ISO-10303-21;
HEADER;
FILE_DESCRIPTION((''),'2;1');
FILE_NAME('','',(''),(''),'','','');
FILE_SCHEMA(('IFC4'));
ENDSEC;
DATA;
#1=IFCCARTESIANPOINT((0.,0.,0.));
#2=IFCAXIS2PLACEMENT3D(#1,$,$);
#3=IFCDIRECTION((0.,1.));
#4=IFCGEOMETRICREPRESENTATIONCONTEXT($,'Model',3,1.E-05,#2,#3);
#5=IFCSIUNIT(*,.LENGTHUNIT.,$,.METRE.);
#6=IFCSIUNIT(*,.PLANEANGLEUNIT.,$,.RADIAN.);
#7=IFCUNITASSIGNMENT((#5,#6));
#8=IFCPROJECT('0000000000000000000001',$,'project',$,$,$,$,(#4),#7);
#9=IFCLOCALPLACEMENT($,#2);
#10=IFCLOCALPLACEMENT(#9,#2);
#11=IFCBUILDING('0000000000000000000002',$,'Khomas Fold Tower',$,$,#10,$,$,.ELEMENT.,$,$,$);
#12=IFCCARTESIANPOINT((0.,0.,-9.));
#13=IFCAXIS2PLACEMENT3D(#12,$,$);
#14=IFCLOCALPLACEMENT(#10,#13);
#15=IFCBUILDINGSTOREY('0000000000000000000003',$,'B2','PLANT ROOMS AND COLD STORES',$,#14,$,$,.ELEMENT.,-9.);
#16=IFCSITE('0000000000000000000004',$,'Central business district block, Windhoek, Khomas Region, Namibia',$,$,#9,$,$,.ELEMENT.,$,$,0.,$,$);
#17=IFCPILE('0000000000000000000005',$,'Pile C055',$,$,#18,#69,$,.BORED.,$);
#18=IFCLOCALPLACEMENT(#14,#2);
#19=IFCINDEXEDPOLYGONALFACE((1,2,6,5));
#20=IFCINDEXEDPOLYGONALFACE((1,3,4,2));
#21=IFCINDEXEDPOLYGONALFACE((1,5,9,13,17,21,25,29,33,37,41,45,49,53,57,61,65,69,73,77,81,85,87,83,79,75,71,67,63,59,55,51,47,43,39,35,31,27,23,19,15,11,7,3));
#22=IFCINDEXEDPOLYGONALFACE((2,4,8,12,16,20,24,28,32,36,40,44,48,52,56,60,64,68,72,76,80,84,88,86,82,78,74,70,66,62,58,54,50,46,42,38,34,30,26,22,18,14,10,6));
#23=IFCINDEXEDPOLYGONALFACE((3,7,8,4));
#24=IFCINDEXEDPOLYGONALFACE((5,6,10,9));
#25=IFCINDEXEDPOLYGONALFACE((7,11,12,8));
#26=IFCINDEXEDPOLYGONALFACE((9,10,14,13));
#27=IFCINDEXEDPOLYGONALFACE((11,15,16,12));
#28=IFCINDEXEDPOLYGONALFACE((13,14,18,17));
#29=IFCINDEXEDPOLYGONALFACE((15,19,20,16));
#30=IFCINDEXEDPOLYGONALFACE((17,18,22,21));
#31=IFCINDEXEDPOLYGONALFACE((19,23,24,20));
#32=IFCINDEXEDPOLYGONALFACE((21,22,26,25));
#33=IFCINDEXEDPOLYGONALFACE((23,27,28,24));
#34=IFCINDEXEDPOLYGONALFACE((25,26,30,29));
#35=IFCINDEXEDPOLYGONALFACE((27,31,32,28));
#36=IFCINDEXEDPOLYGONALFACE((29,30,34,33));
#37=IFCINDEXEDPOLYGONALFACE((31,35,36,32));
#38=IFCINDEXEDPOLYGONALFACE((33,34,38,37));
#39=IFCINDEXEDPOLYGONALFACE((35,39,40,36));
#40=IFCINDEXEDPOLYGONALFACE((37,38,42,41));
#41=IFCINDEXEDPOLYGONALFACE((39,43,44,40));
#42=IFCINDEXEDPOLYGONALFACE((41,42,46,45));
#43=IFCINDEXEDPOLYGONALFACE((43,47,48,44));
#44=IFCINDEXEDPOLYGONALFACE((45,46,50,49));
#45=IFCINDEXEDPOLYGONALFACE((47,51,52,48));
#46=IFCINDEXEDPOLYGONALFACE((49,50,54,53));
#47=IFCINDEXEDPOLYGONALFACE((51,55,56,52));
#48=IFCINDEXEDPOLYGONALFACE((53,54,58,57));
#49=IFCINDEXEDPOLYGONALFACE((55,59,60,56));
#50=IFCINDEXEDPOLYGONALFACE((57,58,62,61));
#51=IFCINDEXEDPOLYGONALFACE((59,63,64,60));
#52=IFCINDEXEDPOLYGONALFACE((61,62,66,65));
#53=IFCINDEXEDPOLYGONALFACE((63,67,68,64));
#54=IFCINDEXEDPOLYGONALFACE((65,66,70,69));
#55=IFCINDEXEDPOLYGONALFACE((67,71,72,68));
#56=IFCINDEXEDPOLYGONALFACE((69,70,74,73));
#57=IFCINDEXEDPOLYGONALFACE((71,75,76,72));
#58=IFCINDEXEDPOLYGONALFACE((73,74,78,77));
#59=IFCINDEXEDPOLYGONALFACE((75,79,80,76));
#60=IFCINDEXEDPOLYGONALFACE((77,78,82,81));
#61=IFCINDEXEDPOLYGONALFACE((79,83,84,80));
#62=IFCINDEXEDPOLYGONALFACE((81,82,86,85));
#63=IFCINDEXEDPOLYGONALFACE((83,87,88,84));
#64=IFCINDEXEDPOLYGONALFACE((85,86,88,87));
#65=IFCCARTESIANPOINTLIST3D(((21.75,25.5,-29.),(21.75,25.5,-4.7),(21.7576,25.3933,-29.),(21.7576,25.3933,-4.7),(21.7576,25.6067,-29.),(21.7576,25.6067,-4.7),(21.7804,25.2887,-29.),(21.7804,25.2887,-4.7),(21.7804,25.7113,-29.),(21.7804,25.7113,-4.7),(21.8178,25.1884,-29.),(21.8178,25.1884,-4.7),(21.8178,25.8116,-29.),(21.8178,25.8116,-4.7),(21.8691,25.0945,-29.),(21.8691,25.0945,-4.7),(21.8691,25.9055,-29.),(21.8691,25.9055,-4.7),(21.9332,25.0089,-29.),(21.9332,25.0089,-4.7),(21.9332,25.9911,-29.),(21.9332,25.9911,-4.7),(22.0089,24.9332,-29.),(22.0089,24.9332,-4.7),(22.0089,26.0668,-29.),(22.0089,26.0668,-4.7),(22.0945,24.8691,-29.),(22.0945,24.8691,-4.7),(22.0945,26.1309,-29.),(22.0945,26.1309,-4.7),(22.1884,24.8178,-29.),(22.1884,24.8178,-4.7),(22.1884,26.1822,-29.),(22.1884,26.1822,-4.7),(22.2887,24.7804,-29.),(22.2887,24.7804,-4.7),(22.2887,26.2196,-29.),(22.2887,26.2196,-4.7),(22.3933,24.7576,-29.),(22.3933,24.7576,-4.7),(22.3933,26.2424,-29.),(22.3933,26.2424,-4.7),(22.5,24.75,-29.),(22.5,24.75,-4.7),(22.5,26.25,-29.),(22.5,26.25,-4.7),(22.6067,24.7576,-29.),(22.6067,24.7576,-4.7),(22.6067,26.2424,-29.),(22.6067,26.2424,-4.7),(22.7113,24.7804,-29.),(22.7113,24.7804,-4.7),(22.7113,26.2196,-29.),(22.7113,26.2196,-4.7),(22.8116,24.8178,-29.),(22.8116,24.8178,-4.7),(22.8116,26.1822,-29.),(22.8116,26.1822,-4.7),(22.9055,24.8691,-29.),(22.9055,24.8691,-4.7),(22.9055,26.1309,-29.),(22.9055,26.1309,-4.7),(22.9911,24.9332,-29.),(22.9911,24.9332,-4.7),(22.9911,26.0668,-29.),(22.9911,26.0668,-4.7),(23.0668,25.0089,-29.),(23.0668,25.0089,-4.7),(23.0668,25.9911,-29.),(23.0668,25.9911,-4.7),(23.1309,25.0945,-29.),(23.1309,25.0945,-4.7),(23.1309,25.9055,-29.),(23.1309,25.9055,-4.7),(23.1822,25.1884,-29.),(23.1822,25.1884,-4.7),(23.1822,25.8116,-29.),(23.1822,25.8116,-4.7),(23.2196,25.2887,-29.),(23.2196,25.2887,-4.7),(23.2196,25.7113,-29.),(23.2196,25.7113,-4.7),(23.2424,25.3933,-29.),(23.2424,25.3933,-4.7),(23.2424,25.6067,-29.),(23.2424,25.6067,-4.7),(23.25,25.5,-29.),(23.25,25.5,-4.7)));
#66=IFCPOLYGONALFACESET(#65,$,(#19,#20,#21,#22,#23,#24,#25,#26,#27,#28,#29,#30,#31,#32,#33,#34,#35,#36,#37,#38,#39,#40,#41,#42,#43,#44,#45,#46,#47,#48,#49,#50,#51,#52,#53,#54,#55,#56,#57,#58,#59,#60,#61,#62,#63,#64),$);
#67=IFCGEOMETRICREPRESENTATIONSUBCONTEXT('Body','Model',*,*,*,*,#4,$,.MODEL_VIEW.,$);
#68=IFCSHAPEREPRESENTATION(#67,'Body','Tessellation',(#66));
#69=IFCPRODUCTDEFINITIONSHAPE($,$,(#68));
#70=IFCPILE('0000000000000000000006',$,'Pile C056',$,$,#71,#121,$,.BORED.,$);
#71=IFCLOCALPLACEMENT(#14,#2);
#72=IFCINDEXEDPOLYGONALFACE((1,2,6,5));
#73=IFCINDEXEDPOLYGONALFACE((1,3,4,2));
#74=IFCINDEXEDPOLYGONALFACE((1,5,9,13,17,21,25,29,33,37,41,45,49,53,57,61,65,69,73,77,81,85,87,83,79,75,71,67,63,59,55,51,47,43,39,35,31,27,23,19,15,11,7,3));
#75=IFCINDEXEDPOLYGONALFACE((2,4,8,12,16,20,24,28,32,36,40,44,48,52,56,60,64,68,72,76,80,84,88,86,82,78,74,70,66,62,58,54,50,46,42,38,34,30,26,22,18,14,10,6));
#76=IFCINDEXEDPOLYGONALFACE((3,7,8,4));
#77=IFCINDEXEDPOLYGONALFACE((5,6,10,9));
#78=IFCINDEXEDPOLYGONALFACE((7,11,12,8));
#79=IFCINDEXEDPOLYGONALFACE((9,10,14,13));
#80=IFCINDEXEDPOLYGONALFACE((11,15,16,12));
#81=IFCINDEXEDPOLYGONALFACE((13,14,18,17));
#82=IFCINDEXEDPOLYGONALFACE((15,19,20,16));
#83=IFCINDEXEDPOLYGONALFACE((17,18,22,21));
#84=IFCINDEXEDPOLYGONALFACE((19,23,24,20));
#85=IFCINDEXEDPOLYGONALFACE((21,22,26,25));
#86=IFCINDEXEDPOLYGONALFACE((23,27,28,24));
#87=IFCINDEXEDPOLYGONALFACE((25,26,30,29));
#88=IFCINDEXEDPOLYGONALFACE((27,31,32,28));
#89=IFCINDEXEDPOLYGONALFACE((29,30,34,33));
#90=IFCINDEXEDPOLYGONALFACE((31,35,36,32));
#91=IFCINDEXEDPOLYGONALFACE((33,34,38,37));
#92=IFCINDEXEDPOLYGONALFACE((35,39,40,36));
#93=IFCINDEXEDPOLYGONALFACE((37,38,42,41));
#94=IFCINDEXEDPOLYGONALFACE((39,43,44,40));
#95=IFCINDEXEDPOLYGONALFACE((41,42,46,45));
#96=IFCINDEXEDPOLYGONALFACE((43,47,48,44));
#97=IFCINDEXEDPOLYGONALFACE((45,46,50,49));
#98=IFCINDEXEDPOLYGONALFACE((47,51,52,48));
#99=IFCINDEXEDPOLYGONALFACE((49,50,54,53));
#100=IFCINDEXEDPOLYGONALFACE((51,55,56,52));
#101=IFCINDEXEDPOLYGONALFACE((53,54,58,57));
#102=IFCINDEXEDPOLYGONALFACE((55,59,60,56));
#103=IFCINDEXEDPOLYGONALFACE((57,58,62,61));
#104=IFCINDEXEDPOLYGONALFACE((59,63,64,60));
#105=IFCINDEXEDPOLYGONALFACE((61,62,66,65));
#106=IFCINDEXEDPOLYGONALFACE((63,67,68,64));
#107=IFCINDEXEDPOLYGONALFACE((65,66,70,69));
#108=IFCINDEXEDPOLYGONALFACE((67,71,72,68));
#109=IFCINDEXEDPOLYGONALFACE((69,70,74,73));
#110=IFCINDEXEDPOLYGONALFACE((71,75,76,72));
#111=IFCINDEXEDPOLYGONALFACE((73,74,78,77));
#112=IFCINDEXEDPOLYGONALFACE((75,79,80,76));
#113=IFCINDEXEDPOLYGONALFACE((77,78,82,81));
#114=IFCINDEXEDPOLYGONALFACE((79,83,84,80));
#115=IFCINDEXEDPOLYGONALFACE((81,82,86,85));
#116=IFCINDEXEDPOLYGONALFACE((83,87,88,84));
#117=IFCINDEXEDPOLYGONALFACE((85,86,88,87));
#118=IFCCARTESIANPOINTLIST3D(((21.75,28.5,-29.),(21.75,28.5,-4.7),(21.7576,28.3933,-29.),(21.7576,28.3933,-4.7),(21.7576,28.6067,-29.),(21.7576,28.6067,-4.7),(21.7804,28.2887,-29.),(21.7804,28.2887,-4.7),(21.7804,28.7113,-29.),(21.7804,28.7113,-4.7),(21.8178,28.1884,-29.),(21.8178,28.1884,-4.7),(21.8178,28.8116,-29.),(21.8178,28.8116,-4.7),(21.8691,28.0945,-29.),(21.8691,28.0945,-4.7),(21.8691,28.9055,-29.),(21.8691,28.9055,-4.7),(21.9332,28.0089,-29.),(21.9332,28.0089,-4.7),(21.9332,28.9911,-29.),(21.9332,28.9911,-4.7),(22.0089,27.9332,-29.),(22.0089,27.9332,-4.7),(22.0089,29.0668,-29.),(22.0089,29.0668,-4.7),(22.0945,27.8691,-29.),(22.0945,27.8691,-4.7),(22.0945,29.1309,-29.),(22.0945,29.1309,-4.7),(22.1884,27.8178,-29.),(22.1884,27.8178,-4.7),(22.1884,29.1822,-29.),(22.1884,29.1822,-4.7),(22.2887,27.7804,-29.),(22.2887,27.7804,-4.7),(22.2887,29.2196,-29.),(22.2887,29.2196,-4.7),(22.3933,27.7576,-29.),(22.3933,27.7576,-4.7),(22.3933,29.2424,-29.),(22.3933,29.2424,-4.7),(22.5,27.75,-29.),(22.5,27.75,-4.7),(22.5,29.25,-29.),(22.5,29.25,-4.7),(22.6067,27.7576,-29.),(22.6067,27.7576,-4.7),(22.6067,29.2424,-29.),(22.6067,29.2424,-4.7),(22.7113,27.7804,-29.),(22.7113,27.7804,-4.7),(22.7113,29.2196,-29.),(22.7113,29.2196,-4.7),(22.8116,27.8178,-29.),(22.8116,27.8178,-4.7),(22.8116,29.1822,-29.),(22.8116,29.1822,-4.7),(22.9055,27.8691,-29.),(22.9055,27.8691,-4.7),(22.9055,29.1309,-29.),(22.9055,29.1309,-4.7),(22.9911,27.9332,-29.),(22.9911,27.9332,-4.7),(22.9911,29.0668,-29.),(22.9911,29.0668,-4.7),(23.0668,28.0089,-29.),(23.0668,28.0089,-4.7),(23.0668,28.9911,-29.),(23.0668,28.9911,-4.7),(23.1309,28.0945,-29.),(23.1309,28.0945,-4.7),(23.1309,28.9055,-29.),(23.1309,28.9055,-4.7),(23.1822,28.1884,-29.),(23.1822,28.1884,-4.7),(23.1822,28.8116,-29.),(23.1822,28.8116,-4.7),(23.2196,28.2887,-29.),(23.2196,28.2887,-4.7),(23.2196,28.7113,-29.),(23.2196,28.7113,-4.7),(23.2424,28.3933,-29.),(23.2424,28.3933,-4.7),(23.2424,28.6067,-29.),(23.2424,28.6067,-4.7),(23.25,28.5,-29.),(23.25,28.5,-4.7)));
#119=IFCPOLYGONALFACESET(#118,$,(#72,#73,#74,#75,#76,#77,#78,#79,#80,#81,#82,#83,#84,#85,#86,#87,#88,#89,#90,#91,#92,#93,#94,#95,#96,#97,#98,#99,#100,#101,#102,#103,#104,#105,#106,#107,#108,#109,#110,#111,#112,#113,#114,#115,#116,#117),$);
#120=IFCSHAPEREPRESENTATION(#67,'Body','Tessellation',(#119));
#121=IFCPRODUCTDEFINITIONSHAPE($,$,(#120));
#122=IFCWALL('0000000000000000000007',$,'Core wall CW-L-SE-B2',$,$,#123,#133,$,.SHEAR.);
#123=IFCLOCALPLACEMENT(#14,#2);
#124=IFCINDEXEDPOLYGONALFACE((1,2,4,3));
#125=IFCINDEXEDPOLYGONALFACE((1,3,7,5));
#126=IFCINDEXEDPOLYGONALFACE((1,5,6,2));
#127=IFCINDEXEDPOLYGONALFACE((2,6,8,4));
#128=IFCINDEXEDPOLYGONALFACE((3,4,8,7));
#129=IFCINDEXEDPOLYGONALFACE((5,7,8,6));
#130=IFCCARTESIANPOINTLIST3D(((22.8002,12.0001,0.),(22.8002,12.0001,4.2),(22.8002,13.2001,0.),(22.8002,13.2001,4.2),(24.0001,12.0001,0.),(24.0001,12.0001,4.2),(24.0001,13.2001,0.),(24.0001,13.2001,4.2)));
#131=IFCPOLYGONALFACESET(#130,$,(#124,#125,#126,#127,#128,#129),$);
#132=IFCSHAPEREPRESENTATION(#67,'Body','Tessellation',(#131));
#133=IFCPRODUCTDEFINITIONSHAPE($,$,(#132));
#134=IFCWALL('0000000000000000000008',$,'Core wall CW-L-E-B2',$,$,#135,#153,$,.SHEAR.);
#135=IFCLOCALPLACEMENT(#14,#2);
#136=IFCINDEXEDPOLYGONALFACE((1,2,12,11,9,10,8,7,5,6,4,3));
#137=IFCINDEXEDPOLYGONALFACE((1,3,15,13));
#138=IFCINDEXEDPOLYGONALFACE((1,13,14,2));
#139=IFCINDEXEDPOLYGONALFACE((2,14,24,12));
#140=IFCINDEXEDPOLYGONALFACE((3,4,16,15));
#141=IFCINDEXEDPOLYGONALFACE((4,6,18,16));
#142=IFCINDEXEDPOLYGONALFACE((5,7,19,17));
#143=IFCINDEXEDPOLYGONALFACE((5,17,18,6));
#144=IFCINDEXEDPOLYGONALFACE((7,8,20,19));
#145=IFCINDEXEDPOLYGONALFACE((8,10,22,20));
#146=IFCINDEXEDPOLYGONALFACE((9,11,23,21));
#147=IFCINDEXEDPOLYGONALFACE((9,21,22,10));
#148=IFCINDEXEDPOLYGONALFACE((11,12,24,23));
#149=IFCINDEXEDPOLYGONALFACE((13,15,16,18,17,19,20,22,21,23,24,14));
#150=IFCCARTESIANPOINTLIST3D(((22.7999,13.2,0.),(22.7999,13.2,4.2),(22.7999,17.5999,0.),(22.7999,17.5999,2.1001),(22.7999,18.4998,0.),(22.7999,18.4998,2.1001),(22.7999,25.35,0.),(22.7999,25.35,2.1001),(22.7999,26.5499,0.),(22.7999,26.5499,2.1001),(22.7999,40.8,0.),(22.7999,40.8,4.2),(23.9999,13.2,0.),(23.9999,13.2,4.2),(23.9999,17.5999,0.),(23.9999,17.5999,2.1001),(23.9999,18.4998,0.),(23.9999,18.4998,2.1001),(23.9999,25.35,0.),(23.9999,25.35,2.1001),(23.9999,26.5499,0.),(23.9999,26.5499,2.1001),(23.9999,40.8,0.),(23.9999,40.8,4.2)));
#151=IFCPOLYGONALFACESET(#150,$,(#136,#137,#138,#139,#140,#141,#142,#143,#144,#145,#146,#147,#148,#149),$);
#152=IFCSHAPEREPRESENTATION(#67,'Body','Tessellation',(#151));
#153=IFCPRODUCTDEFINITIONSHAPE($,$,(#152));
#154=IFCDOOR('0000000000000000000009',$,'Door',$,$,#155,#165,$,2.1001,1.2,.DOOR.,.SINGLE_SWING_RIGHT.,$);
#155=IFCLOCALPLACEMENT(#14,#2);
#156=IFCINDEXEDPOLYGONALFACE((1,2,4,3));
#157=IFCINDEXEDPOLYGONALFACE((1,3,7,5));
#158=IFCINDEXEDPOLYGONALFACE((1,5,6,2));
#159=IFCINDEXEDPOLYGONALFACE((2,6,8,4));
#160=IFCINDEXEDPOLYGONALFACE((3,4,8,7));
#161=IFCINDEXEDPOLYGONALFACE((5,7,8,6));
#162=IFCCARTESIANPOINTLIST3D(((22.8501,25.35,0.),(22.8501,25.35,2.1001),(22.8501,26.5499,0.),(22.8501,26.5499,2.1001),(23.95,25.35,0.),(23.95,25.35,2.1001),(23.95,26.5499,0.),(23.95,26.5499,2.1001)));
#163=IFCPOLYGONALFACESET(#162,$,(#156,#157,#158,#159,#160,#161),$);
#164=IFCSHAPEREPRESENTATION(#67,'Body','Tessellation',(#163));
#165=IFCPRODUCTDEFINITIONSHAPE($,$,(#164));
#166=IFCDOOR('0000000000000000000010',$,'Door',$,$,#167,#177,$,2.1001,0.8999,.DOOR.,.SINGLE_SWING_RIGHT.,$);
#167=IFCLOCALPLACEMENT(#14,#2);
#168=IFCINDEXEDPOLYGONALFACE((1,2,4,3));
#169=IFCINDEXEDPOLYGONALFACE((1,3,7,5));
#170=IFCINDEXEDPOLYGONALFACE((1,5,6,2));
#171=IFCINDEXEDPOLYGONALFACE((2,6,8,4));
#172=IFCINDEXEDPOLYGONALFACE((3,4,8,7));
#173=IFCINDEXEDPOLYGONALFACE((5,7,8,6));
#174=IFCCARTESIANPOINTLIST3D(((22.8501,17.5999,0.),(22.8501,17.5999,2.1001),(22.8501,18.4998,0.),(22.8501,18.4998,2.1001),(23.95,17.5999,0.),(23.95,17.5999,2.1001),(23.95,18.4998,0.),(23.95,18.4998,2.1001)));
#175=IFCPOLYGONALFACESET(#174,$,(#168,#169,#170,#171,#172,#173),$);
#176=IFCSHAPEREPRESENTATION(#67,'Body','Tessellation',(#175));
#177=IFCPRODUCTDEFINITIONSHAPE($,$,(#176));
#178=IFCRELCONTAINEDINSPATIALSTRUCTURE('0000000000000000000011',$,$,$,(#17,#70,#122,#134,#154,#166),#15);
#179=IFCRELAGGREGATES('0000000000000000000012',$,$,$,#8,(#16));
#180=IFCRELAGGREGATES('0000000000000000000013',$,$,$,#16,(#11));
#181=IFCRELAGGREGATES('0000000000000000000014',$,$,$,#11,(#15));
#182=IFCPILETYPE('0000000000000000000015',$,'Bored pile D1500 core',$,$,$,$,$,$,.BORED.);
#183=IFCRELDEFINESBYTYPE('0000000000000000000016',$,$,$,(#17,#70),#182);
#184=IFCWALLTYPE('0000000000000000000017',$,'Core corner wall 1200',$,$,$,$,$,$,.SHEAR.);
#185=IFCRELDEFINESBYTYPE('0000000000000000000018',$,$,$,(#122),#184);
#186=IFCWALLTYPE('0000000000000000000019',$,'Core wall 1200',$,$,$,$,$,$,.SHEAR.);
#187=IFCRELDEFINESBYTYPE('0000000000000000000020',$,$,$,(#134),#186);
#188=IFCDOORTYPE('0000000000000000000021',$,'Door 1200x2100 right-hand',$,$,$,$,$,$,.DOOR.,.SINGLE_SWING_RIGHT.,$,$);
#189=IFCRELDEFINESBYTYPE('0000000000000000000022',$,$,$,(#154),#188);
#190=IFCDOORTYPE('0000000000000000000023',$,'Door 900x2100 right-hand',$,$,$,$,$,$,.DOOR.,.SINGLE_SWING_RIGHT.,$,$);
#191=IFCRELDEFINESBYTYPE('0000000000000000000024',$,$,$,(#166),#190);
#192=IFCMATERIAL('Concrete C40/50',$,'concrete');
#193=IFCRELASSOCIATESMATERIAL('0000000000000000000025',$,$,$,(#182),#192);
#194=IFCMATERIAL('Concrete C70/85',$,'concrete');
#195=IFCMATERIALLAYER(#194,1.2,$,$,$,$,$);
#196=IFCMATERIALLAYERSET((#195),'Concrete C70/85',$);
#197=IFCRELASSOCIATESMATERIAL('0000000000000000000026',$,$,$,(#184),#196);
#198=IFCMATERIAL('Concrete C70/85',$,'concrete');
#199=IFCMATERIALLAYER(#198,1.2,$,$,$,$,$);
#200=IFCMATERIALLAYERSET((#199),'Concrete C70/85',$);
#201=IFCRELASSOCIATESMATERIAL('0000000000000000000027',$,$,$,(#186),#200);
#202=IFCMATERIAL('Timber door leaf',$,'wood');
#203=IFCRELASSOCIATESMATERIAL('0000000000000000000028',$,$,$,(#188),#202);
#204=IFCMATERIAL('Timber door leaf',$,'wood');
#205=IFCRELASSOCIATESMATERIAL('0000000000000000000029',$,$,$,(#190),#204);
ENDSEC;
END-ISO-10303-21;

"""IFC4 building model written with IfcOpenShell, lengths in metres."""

from ifc_helpers import new_model, si_unit, direction, frame, frame_2d, origin, origin_2d, place, context, subcontext, project, spatial, rectangle, circle, extrude, source, transform, mapped, material, layer, layer_set, material_profile, profile_set, type_object, element, fill, save


model = new_model("IFC4")

# Units and contexts
model_context = context("Model", 3, precision=1e-05, world=origin(), true_north=direction((0.0, 1.0)))
body_context = subcontext(model_context, "Body", "Model", "MODEL_VIEW")
ifc_project = project(units=[si_unit("LENGTHUNIT", "METRE"), si_unit("PLANEANGLEUNIT", "RADIAN")], contexts=[model_context])

# Site, building, storey
site_placement = place(None, origin())
site = spatial("IfcSite", under=ifc_project, at=site_placement, Name="Central business district block, Windhoek, Khomas Region, Namibia", CompositionType="ELEMENT", RefElevation=0.0)
building_placement = place(site_placement, origin())
building = spatial("IfcBuilding", under=site, at=building_placement, Name="Khomas Fold Tower", CompositionType="ELEMENT")
storey_placement = place(building_placement, frame((0.0, 0.0, -9.0)))
storey = spatial("IfcBuildingStorey", under=building, at=storey_placement, Name="B2", Description="PLANT ROOMS AND COLD STORES", CompositionType="ELEMENT", Elevation=-9.0)

# Piles
ifc_material_1 = material(Name="Concrete C40/50", Category="concrete")
ifc_material_profile_1 = material_profile(ifc_material_1, circle(Radius=0.75, at=origin_2d()), Name="PILE D1500")
ifc_profile_set_1 = profile_set([ifc_material_profile_1], Name="Concrete C40/50")
pile_type_1 = type_object("IfcPileType", Name="Bored pile D1500 core", PredefinedType="BORED", material=ifc_profile_set_1)
shared_shape_1 = source(origin(), body_context, "Body", "SweptSolid", [
    extrude(circle(Radius=0.75, at=origin_2d()), origin(), (0.0, 0.0, 1.0), 24.3),
])
for number, where, z_axis, x_axis, name in (
    (1, (22.5, 25.5, -4.7), (0.0, 0.0, -1.0), (1.0, 0.0, 0.0), "Pile C055"),
    (2, (22.5, 28.5, -4.7), (0.0, 0.0, -1.0), (1.0, 0.0, 0.0), "Pile C056"),
):
    element("IfcPile", number, at=place(storey_placement, frame(where, z_axis=z_axis, x_axis=x_axis)), inside=storey, type_object=pile_type_1, Name=name, PredefinedType="BORED", context=body_context, shape_type="MappedRepresentation", body=[
        mapped(shared_shape_1, transform((0.0, 0.0, 0.0))),
    ])

# Wall
ifc_material_2 = material(Name="Concrete C70/85", Category="concrete")
ifc_layer_1 = layer(ifc_material_2, 1.2)
ifc_layer_set_1 = layer_set([ifc_layer_1], Name="Concrete C70/85")
wall_type_1 = type_object("IfcWallType", Name="Core corner wall 1200", PredefinedType="SHEAR", material=ifc_layer_set_1)
shared_shape_2 = source(origin(), body_context, "Body", "SweptSolid", [
    extrude(rectangle(XDim=1.2, YDim=1.2, at=frame_2d((0.6001, 0.0))), origin(), (0.0, 0.0, 1.0), 4.2),
])
wall_1_placement = place(storey_placement, frame((22.8, 12.6001, 0.0), z_axis=(0.0, 0.0, 1.0), x_axis=(1.0, 0.0, 0.0)))
element("IfcWall", 3, at=wall_1_placement, inside=storey, type_object=wall_type_1, Name="Core wall CW-L-SE-B2", PredefinedType="SHEAR", context=body_context, shape_type="MappedRepresentation", body=[
    mapped(shared_shape_2, transform((0.0, 0.0, 0.0))),
])

# Wall, openings, doors
ifc_material_3 = material(Name="Concrete C70/85", Category="concrete")
ifc_layer_2 = layer(ifc_material_3, 1.2)
ifc_layer_set_2 = layer_set([ifc_layer_2], Name="Concrete C70/85")
wall_type_2 = type_object("IfcWallType", Name="Core wall 1200", PredefinedType="SHEAR", material=ifc_layer_set_2)
shared_shape_3 = source(origin(), body_context, "Body", "SweptSolid", [
    extrude(rectangle(XDim=27.6001, YDim=1.2, at=frame_2d((13.8, 0.0))), origin(), (0.0, 0.0, 1.0), 4.2),
])
wall_2_placement = place(storey_placement, frame((23.3999, 13.2, 0.0), z_axis=(0.0, 0.0, 1.0), x_axis=(0.0, 1.0, 0.0)))
wall_2 = element("IfcWall", 4, at=wall_2_placement, inside=storey, type_object=wall_type_2, Name="Core wall CW-L-E-B2", PredefinedType="SHEAR", context=body_context, shape_type="MappedRepresentation", body=[
    mapped(shared_shape_3, transform((0.0, 0.0, 0.0))),
])
shared_shape_4 = source(origin(), body_context, "Body", "SweptSolid", [
    extrude(rectangle(XDim=1.2, YDim=2.1001, at=frame_2d((0.6001, 1.05))), frame((0.0, 0.6099, 0.0), z_axis=(0.0, -1.0, 0.0), x_axis=(1.0, 0.0, 0.0)), (0.0, 0.0, 1.0), 1.22),
])
opening_1_placement = place(wall_2_placement, frame((12.1499, 0.0, 0.0)))
opening_1 = element("IfcOpeningElement", 5, at=opening_1_placement, cuts=wall_2, PredefinedType="OPENING", context=body_context, shape_type="MappedRepresentation", body=[
    mapped(shared_shape_4, transform((0.0, 0.0, 0.0))),
])
shared_shape_5 = source(origin(), body_context, "Body", "SweptSolid", [
    extrude(rectangle(XDim=0.8999, YDim=2.1001, at=frame_2d((0.45, 1.05))), frame((0.0, 0.6099, 0.0), z_axis=(0.0, -1.0, 0.0), x_axis=(1.0, 0.0, 0.0)), (0.0, 0.0, 1.0), 1.22),
])
opening_2_placement = place(wall_2_placement, frame((4.3999, 0.0, 0.0)))
opening_2 = element("IfcOpeningElement", 6, at=opening_2_placement, cuts=wall_2, PredefinedType="OPENING", context=body_context, shape_type="MappedRepresentation", body=[
    mapped(shared_shape_5, transform((0.0, 0.0, 0.0))),
])
ifc_material_4 = material(Name="Timber door leaf", Category="wood")
door_type_1 = type_object("IfcDoorType", Name="Door 1200x2100 right-hand", OperationType="SINGLE_SWING_RIGHT", PredefinedType="DOOR", material=ifc_material_4)
shared_shape_6 = source(origin(), body_context, "Body", "SweptSolid", [
    extrude(rectangle(XDim=1.2, YDim=2.1001, at=frame_2d((0.6001, 1.05))), frame((0.0, 0.5498, 0.0), z_axis=(0.0, -1.0, 0.0), x_axis=(1.0, 0.0, 0.0)), (0.0, 0.0, 1.0), 1.0999),
])
door_1_placement = place(opening_1_placement, origin())
door_1 = element("IfcDoor", 7, at=door_1_placement, inside=storey, type_object=door_type_1, Name="Door", OperationType="SINGLE_SWING_RIGHT", OverallHeight=2.1001, OverallWidth=1.2, PredefinedType="DOOR", context=body_context, shape_type="MappedRepresentation", body=[
    mapped(shared_shape_6, transform((0.0, 0.0, 0.0))),
])
fill(opening_1, door_1)
ifc_material_5 = material(Name="Timber door leaf", Category="wood")
door_type_2 = type_object("IfcDoorType", Name="Door 900x2100 right-hand", OperationType="SINGLE_SWING_RIGHT", PredefinedType="DOOR", material=ifc_material_5)
shared_shape_7 = source(origin(), body_context, "Body", "SweptSolid", [
    extrude(rectangle(XDim=0.8999, YDim=2.1001, at=frame_2d((0.45, 1.05))), frame((0.0, 0.5498, 0.0), z_axis=(0.0, -1.0, 0.0), x_axis=(1.0, 0.0, 0.0)), (0.0, 0.0, 1.0), 1.0999),
])
door_2_placement = place(opening_2_placement, origin())
door_2 = element("IfcDoor", 8, at=door_2_placement, inside=storey, type_object=door_type_2, Name="Door", OperationType="SINGLE_SWING_RIGHT", OverallHeight=2.1001, OverallWidth=0.8999, PredefinedType="DOOR", context=body_context, shape_type="MappedRepresentation", body=[
    mapped(shared_shape_7, transform((0.0, 0.0, 0.0))),
])
fill(opening_2, door_2)

save(model, "model.ifc")
